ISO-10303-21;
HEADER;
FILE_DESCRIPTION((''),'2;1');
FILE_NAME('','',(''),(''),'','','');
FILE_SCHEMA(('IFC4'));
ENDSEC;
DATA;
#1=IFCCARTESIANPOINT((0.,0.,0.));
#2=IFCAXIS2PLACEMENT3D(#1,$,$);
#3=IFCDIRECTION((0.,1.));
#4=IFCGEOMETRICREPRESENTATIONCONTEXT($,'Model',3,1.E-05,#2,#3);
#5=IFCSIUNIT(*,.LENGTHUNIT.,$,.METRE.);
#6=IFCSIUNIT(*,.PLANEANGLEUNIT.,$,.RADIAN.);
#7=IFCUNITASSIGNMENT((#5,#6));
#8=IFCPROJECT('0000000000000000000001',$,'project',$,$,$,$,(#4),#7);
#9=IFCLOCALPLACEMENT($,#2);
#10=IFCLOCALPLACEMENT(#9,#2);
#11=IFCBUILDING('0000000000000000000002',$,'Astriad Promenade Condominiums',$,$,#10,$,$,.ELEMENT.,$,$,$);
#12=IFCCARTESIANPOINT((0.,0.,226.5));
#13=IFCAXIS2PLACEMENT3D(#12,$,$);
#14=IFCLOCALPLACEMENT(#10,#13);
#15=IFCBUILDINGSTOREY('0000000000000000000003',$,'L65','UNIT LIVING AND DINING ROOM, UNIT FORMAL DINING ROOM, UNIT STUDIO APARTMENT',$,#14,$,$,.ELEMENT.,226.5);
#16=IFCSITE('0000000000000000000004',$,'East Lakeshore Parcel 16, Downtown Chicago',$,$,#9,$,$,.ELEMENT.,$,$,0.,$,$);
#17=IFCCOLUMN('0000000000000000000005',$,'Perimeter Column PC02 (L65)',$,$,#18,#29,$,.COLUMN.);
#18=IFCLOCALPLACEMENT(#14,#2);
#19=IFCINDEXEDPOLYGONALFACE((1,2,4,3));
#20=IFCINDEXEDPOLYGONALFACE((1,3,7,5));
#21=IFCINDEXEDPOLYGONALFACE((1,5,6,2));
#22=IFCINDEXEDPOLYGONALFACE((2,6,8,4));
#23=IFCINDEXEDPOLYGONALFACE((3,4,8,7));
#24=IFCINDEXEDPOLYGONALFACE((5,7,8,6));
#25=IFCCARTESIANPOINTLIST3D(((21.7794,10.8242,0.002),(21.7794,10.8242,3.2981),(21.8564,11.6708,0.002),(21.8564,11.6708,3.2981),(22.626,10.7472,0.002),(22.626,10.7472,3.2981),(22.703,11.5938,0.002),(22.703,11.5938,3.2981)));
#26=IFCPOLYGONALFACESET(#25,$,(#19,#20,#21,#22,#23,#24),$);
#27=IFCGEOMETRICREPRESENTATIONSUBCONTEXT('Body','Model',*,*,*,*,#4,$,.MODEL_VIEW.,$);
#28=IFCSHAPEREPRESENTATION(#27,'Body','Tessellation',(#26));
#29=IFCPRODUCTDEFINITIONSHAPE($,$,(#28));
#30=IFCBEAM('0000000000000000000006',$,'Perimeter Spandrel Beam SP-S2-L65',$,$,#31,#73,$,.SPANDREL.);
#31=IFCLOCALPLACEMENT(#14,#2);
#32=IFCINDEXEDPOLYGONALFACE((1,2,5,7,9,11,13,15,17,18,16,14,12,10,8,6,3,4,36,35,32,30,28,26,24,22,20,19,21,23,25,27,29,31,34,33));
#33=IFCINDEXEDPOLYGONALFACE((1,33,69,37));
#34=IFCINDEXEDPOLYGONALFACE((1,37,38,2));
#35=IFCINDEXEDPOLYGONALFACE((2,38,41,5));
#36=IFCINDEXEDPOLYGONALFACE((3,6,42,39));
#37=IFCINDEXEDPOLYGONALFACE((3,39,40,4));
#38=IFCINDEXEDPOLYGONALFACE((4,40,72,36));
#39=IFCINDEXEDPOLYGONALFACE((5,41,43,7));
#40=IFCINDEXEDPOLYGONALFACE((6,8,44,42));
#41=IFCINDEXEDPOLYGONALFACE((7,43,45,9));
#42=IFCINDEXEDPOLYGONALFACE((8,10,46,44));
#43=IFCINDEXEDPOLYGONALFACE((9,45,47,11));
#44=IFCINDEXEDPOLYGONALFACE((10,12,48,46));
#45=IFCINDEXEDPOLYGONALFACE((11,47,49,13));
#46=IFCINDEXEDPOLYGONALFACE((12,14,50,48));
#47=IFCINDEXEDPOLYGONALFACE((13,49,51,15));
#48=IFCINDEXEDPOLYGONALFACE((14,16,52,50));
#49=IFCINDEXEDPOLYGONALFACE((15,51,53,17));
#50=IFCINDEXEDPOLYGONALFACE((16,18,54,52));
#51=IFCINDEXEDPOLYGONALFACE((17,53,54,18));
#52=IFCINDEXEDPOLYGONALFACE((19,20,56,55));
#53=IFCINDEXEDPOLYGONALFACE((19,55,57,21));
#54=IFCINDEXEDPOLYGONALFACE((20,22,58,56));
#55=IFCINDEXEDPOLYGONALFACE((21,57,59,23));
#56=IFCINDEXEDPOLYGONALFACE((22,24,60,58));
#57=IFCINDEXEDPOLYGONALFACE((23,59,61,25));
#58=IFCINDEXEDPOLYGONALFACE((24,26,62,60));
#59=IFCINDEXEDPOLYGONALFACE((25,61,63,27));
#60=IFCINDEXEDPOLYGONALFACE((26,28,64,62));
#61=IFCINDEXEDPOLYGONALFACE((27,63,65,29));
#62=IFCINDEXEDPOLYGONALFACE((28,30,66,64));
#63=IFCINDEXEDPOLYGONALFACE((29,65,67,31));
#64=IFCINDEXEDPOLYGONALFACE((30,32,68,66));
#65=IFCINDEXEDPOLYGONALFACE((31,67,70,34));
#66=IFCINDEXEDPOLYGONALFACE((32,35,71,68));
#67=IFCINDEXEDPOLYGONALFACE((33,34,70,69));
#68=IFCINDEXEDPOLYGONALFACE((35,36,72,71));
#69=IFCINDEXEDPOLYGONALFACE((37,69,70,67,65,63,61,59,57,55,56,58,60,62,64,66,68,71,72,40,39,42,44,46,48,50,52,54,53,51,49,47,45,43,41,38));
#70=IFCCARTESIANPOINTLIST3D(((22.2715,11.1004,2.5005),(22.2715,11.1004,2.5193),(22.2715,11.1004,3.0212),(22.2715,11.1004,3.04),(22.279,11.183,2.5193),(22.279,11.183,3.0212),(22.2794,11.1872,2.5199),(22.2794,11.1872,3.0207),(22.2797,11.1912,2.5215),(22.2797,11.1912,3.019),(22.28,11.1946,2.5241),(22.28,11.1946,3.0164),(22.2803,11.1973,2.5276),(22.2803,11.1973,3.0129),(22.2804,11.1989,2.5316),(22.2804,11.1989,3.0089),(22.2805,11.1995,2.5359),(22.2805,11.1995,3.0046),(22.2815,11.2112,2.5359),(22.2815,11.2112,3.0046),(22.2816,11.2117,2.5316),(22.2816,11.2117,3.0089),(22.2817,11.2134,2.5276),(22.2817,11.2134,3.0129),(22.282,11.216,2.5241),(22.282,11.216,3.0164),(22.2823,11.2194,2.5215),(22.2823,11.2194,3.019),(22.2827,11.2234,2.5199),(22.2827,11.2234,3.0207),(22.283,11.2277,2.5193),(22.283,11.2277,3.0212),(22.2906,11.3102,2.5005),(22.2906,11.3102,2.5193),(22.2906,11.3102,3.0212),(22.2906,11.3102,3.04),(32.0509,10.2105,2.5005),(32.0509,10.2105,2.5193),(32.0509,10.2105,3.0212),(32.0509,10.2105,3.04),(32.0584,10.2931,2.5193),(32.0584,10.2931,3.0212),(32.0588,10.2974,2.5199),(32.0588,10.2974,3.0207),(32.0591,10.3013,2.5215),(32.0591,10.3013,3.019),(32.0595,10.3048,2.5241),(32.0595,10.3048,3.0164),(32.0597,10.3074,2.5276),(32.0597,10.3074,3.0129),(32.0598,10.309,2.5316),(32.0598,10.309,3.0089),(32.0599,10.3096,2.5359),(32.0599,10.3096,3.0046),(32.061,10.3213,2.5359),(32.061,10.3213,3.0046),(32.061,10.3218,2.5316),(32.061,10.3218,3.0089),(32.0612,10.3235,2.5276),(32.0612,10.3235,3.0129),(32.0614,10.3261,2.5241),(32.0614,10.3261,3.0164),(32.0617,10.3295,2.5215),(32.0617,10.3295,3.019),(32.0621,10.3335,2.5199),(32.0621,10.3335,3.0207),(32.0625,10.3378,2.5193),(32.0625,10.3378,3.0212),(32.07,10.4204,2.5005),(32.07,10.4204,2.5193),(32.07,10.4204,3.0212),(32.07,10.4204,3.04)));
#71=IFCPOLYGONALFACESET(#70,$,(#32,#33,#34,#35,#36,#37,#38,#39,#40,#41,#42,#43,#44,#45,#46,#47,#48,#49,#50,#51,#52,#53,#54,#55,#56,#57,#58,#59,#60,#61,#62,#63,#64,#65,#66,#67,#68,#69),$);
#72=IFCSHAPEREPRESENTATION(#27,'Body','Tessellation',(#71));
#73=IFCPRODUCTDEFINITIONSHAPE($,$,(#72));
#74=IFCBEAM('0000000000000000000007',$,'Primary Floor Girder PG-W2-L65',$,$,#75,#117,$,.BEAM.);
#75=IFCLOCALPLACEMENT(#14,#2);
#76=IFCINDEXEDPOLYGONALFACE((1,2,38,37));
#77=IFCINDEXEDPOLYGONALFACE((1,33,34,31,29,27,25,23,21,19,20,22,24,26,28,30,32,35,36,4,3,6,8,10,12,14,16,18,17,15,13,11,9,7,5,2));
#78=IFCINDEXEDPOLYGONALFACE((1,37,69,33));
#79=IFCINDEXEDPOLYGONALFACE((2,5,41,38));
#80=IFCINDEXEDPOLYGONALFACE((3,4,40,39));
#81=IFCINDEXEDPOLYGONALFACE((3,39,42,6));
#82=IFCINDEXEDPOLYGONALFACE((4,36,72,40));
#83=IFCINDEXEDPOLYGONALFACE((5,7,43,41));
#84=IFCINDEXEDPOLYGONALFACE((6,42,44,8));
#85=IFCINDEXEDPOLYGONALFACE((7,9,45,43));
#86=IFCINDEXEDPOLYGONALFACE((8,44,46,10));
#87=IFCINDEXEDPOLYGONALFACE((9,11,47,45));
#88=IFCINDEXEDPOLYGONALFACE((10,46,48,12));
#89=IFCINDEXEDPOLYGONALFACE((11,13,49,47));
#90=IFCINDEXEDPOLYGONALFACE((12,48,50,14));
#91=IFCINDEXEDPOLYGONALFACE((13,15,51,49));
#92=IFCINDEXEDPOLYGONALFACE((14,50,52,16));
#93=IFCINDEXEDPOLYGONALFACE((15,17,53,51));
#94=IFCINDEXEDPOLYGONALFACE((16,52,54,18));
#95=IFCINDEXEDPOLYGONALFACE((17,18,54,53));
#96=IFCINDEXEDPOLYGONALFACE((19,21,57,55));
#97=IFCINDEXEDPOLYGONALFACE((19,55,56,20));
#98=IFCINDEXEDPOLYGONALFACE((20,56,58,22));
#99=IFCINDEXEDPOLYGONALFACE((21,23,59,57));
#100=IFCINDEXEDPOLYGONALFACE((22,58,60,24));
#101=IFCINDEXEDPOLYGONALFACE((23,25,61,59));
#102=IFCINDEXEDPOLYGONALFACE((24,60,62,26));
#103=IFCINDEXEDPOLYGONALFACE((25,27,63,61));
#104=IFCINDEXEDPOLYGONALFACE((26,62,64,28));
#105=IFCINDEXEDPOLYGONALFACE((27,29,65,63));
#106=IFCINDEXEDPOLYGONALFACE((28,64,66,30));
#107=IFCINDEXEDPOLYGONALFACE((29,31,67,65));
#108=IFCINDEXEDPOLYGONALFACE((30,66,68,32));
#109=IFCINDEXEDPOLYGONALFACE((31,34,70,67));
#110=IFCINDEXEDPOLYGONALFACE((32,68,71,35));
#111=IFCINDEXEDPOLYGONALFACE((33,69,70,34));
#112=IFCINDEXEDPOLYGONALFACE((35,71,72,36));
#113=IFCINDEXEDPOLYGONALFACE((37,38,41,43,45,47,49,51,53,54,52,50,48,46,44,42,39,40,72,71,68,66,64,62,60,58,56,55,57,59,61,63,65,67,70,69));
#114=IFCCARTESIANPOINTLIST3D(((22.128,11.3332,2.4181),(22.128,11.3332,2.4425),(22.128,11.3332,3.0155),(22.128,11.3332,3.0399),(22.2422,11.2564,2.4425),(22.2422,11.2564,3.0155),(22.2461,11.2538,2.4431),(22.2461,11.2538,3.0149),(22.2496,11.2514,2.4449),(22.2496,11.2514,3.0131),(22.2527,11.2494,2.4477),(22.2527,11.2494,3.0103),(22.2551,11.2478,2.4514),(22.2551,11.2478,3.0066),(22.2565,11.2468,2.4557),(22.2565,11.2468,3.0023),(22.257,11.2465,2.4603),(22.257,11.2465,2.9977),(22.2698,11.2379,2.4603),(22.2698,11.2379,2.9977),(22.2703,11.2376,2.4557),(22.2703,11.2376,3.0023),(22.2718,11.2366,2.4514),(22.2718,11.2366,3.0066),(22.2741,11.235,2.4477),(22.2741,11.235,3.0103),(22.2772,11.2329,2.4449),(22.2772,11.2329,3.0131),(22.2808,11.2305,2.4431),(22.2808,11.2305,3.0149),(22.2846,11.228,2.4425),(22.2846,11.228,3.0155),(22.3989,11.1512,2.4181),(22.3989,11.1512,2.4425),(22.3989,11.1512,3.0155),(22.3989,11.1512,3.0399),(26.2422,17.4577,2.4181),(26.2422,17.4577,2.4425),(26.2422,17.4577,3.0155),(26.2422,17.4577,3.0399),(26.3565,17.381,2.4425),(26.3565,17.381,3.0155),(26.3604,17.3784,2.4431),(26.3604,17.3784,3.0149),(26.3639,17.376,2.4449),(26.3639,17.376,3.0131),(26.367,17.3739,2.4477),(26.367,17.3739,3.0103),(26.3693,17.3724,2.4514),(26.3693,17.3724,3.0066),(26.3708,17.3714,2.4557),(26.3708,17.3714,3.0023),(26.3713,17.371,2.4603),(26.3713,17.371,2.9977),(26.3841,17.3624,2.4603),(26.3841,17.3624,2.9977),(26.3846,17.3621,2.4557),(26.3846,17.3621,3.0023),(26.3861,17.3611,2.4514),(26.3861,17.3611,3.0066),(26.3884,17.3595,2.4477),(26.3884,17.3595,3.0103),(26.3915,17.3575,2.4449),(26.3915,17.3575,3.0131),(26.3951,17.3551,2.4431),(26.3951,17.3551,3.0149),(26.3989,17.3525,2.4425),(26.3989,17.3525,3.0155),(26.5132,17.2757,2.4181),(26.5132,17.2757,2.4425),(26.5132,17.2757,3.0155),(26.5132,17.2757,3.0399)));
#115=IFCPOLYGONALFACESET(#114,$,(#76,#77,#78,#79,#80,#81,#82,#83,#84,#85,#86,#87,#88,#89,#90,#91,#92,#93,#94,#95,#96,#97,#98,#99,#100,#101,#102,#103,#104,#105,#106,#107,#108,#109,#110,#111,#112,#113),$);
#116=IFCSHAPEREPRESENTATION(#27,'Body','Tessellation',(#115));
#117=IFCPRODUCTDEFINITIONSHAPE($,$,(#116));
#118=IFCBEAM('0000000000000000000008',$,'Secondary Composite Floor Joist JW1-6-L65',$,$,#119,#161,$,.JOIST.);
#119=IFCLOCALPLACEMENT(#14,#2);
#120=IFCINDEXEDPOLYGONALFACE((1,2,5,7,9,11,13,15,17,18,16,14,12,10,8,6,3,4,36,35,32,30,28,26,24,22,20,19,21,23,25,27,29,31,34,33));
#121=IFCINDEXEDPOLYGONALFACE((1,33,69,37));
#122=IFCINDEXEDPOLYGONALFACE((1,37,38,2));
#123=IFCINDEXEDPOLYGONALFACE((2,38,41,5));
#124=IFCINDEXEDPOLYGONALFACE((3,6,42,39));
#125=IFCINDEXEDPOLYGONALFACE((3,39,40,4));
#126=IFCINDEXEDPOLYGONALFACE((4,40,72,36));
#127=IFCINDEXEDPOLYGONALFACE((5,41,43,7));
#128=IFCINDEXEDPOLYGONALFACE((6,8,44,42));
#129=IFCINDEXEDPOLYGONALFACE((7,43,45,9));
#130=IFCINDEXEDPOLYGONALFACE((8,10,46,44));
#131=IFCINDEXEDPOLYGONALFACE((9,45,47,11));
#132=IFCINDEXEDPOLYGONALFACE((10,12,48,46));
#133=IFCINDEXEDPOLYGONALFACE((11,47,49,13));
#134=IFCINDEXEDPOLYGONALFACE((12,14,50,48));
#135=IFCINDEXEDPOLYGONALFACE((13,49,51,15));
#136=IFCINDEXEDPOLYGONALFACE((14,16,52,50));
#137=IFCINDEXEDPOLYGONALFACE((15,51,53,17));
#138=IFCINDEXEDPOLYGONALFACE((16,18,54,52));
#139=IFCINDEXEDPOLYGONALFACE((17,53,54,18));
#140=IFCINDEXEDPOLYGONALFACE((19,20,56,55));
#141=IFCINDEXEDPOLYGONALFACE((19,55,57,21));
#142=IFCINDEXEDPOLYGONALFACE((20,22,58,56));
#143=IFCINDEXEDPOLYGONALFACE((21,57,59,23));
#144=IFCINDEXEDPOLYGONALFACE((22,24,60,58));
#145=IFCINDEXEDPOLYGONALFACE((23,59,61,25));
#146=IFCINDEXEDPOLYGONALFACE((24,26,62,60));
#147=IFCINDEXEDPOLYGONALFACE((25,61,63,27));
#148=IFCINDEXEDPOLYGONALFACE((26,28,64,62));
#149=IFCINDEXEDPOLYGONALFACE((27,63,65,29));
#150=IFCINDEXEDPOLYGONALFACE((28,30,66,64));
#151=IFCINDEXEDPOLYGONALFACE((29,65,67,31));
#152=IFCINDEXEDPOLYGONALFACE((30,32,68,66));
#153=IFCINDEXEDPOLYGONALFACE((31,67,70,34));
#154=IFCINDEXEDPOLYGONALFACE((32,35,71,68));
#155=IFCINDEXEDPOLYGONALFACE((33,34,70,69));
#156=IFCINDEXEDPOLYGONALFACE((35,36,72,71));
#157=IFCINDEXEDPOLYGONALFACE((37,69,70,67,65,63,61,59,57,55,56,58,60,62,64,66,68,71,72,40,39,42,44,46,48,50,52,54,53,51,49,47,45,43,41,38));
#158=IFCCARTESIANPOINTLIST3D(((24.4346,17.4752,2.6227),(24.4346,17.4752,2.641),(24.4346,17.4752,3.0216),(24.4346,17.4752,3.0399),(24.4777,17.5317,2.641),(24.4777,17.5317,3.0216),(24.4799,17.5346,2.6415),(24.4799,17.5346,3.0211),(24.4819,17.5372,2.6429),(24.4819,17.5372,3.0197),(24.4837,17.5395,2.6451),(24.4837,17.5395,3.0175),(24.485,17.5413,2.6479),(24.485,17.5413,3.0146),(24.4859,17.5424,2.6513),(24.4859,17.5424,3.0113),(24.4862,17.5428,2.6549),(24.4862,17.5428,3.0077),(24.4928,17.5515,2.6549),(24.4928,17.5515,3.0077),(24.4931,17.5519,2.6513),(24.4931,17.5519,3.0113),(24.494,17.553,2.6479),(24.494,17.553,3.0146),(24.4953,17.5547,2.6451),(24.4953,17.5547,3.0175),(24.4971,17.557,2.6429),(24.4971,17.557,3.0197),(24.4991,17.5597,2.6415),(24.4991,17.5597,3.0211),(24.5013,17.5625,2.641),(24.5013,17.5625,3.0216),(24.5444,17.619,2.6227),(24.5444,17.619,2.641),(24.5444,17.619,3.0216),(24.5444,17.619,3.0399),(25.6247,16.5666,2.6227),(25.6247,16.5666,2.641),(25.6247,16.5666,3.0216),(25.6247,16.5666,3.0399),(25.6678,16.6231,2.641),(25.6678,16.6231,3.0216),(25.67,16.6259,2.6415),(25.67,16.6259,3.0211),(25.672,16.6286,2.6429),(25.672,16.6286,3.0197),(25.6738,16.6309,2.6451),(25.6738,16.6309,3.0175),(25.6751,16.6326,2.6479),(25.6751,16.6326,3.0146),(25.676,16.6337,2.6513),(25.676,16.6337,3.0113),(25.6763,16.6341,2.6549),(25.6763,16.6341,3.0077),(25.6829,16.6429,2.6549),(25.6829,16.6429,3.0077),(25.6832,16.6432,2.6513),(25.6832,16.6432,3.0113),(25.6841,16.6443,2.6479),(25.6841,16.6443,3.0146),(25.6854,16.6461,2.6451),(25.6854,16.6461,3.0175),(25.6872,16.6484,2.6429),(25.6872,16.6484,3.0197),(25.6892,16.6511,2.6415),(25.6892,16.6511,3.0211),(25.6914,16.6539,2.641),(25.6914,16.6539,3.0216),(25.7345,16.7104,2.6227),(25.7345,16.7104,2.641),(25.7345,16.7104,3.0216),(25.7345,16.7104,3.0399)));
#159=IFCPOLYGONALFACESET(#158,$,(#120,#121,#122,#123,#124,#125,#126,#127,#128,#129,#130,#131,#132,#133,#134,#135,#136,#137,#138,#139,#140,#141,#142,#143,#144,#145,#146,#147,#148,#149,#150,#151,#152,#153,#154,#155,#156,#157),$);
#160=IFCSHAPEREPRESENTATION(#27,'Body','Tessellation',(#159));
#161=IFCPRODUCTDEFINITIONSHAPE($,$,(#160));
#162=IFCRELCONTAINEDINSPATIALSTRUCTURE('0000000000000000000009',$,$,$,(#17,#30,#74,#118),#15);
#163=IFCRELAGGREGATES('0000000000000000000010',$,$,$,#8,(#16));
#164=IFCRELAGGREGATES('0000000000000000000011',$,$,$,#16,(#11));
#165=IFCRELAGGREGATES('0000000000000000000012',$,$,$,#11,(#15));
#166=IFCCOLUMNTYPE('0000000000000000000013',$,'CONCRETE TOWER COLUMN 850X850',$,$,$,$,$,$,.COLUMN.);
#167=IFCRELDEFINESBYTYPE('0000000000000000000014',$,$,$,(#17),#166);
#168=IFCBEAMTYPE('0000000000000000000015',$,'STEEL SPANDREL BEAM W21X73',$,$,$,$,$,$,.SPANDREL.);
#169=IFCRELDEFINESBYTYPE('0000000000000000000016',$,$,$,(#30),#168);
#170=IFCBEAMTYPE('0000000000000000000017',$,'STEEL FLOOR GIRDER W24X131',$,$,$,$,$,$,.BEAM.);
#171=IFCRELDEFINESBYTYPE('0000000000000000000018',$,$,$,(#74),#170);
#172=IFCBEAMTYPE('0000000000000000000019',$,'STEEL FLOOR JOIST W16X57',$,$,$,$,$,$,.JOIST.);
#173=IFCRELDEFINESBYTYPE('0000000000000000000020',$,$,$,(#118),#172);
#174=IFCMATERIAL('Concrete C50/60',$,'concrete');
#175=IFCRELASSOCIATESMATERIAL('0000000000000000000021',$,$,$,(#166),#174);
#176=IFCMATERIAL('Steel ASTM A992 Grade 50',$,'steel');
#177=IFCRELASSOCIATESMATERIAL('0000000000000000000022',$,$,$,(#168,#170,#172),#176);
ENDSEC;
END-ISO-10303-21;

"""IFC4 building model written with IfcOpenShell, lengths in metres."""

from ifc_helpers import new_model, si_unit, direction, frame, origin, origin_2d, place, context, subcontext, project, spatial, rectangle, i_section, extrude, source, transform, mapped, material, material_profile, profile_set, type_object, type_shapes, element, save


model = new_model("IFC4")

# Units and contexts
model_context = context("Model", 3, precision=1e-05, world=origin(), true_north=direction((0.0, 1.0)))
body_context = subcontext(model_context, "Body", "Model", "MODEL_VIEW")
ifc_project = project(units=[si_unit("LENGTHUNIT", "METRE"), si_unit("PLANEANGLEUNIT", "RADIAN")], contexts=[model_context])

# Site, building, storey
site_placement = place(None, origin())
site = spatial("IfcSite", under=ifc_project, at=site_placement, Name="East Lakeshore Parcel 16, Downtown Chicago", CompositionType="ELEMENT", RefElevation=0.0)
building_placement = place(site_placement, origin())
building = spatial("IfcBuilding", under=site, at=building_placement, Name="Astriad Promenade Condominiums", CompositionType="ELEMENT")
storey_placement = place(building_placement, frame((0.0, 0.0, 226.5)))
storey = spatial("IfcBuildingStorey", under=building, at=storey_placement, Name="L65", Description="UNIT LIVING AND DINING ROOM, UNIT FORMAL DINING ROOM, UNIT STUDIO APARTMENT", CompositionType="ELEMENT", Elevation=226.5)

# Column
ifc_material_1 = material(Name="Concrete C50/60", Category="concrete")
ifc_material_profile_1 = material_profile(ifc_material_1, rectangle(XDim=0.8501, YDim=0.8501, at=origin_2d()), Name="RC-COL-850X850")
ifc_profile_set_1 = profile_set([ifc_material_profile_1], Name="Concrete C50/60")
column_type = type_object("IfcColumnType", Name="CONCRETE TOWER COLUMN 850X850", PredefinedType="COLUMN", material=ifc_profile_set_1)
shared_shape_1 = source(origin(), body_context, "Body", "SweptSolid", [
    extrude(rectangle(XDim=0.8501, YDim=0.8501, at=origin_2d()), origin(), (0.0, 0.0, 1.0), 3.2961),
])
type_shapes(column_type, [shared_shape_1])
column_placement = place(storey_placement, frame((22.2412, 11.209, 0.002), z_axis=(0.0, 0.0, 1.0), x_axis=(0.995884, -0.090633, 0.0)))
element("IfcColumn", 1, at=column_placement, inside=storey, type_object=column_type, Name="Perimeter Column PC02 (L65)", PredefinedType="COLUMN", context=body_context, shape_type="MappedRepresentation", body=[
    mapped(shared_shape_1, transform((0.0, 0.0, 0.0), scale=1.0)),
])

# Beams
ifc_material_2 = material(Name="Steel ASTM A992 Grade 50", Category="steel")
ifc_material_profile_2 = material_profile(ifc_material_2, i_section(OverallWidth=0.2107, OverallDepth=0.5396, WebThickness=0.0117, FlangeThickness=0.0188, FilletRadius=0.0166, at=origin_2d()), Name="W21X73")
ifc_profile_set_2 = profile_set([ifc_material_profile_2], Name="Steel ASTM A992 Grade 50")
beam_type_1 = type_object("IfcBeamType", Name="STEEL SPANDREL BEAM W21X73", PredefinedType="SPANDREL", material=ifc_profile_set_2)
shared_shape_2 = source(origin(), body_context, "Body", "SweptSolid", [
    extrude(i_section(OverallWidth=0.2107, OverallDepth=0.5396, WebThickness=0.0117, FlangeThickness=0.0188, FilletRadius=0.0166, at=origin_2d()), origin(), (0.0, 0.0, 1.0), 9.8198),
])
type_shapes(beam_type_1, [shared_shape_2])
beam_1_placement = place(storey_placement, frame((22.281, 11.2053, 2.7703), z_axis=(0.995885, -0.090621, 0.0), x_axis=(0.090621, 0.995885, 0.0)))
element("IfcBeam", 2, at=beam_1_placement, inside=storey, type_object=beam_type_1, Name="Perimeter Spandrel Beam SP-S2-L65", PredefinedType="SPANDREL", context=body_context, shape_type="MappedRepresentation", body=[
    mapped(shared_shape_2, transform((0.0, 0.0, 0.0), scale=1.0)),
])
ifc_material_profile_3 = material_profile(ifc_material_2, i_section(OverallWidth=0.3264, OverallDepth=0.6218, WebThickness=0.0154, FlangeThickness=0.0244, FilletRadius=0.0178, at=origin_2d()), Name="W24X131")
ifc_profile_set_3 = profile_set([ifc_material_profile_3], Name="Steel ASTM A992 Grade 50")
beam_type_2 = type_object("IfcBeamType", Name="STEEL FLOOR GIRDER W24X131", PredefinedType="BEAM", material=ifc_profile_set_3)
shared_shape_3 = source(origin(), body_context, "Body", "SweptSolid", [
    extrude(i_section(OverallWidth=0.3264, OverallDepth=0.6218, WebThickness=0.0154, FlangeThickness=0.0244, FilletRadius=0.0178, at=origin_2d()), origin(), (0.0, 0.0, 1.0), 7.3782),
])
type_shapes(beam_type_2, [shared_shape_3])
beam_2_placement = place(storey_placement, frame((22.2634, 11.2422, 2.729), z_axis=(0.557629, 0.83009, 0.0), x_axis=(-0.83009, 0.557629, 0.0)))
element("IfcBeam", 3, at=beam_2_placement, inside=storey, type_object=beam_type_2, Name="Primary Floor Girder PG-W2-L65", PredefinedType="BEAM", context=body_context, shape_type="MappedRepresentation", body=[
    mapped(shared_shape_3, transform((0.0, 0.0, 0.0), scale=1.0)),
])
ifc_material_profile_4 = material_profile(ifc_material_2, i_section(OverallWidth=0.1809, OverallDepth=0.4172, WebThickness=0.011, FlangeThickness=0.0183, FilletRadius=0.0139, at=origin_2d()), Name="W16X57")
ifc_profile_set_4 = profile_set([ifc_material_profile_4], Name="Steel ASTM A992 Grade 50")
beam_type_3 = type_object("IfcBeamType", Name="STEEL FLOOR JOIST W16X57", PredefinedType="JOIST", material=ifc_profile_set_4)
shared_shape_4 = source(origin(), body_context, "Body", "SweptSolid", [
    extrude(i_section(OverallWidth=0.1809, OverallDepth=0.4172, WebThickness=0.011, FlangeThickness=0.0183, FilletRadius=0.0139, at=origin_2d()), origin(), (0.0, 0.0, 1.0), 1.4973),
])
beam_3_placement = place(storey_placement, frame((24.4895, 17.5471, 2.8313), z_axis=(0.794825, -0.606839, 0.0), x_axis=(0.606839, 0.794825, 0.0)))
element("IfcBeam", 4, at=beam_3_placement, inside=storey, type_object=beam_type_3, Name="Secondary Composite Floor Joist JW1-6-L65", PredefinedType="JOIST", context=body_context, shape_type="MappedRepresentation", body=[
    mapped(shared_shape_4, transform((0.0, 0.0, 0.0), scale=1.0)),
])

save(model, "model.ifc")
